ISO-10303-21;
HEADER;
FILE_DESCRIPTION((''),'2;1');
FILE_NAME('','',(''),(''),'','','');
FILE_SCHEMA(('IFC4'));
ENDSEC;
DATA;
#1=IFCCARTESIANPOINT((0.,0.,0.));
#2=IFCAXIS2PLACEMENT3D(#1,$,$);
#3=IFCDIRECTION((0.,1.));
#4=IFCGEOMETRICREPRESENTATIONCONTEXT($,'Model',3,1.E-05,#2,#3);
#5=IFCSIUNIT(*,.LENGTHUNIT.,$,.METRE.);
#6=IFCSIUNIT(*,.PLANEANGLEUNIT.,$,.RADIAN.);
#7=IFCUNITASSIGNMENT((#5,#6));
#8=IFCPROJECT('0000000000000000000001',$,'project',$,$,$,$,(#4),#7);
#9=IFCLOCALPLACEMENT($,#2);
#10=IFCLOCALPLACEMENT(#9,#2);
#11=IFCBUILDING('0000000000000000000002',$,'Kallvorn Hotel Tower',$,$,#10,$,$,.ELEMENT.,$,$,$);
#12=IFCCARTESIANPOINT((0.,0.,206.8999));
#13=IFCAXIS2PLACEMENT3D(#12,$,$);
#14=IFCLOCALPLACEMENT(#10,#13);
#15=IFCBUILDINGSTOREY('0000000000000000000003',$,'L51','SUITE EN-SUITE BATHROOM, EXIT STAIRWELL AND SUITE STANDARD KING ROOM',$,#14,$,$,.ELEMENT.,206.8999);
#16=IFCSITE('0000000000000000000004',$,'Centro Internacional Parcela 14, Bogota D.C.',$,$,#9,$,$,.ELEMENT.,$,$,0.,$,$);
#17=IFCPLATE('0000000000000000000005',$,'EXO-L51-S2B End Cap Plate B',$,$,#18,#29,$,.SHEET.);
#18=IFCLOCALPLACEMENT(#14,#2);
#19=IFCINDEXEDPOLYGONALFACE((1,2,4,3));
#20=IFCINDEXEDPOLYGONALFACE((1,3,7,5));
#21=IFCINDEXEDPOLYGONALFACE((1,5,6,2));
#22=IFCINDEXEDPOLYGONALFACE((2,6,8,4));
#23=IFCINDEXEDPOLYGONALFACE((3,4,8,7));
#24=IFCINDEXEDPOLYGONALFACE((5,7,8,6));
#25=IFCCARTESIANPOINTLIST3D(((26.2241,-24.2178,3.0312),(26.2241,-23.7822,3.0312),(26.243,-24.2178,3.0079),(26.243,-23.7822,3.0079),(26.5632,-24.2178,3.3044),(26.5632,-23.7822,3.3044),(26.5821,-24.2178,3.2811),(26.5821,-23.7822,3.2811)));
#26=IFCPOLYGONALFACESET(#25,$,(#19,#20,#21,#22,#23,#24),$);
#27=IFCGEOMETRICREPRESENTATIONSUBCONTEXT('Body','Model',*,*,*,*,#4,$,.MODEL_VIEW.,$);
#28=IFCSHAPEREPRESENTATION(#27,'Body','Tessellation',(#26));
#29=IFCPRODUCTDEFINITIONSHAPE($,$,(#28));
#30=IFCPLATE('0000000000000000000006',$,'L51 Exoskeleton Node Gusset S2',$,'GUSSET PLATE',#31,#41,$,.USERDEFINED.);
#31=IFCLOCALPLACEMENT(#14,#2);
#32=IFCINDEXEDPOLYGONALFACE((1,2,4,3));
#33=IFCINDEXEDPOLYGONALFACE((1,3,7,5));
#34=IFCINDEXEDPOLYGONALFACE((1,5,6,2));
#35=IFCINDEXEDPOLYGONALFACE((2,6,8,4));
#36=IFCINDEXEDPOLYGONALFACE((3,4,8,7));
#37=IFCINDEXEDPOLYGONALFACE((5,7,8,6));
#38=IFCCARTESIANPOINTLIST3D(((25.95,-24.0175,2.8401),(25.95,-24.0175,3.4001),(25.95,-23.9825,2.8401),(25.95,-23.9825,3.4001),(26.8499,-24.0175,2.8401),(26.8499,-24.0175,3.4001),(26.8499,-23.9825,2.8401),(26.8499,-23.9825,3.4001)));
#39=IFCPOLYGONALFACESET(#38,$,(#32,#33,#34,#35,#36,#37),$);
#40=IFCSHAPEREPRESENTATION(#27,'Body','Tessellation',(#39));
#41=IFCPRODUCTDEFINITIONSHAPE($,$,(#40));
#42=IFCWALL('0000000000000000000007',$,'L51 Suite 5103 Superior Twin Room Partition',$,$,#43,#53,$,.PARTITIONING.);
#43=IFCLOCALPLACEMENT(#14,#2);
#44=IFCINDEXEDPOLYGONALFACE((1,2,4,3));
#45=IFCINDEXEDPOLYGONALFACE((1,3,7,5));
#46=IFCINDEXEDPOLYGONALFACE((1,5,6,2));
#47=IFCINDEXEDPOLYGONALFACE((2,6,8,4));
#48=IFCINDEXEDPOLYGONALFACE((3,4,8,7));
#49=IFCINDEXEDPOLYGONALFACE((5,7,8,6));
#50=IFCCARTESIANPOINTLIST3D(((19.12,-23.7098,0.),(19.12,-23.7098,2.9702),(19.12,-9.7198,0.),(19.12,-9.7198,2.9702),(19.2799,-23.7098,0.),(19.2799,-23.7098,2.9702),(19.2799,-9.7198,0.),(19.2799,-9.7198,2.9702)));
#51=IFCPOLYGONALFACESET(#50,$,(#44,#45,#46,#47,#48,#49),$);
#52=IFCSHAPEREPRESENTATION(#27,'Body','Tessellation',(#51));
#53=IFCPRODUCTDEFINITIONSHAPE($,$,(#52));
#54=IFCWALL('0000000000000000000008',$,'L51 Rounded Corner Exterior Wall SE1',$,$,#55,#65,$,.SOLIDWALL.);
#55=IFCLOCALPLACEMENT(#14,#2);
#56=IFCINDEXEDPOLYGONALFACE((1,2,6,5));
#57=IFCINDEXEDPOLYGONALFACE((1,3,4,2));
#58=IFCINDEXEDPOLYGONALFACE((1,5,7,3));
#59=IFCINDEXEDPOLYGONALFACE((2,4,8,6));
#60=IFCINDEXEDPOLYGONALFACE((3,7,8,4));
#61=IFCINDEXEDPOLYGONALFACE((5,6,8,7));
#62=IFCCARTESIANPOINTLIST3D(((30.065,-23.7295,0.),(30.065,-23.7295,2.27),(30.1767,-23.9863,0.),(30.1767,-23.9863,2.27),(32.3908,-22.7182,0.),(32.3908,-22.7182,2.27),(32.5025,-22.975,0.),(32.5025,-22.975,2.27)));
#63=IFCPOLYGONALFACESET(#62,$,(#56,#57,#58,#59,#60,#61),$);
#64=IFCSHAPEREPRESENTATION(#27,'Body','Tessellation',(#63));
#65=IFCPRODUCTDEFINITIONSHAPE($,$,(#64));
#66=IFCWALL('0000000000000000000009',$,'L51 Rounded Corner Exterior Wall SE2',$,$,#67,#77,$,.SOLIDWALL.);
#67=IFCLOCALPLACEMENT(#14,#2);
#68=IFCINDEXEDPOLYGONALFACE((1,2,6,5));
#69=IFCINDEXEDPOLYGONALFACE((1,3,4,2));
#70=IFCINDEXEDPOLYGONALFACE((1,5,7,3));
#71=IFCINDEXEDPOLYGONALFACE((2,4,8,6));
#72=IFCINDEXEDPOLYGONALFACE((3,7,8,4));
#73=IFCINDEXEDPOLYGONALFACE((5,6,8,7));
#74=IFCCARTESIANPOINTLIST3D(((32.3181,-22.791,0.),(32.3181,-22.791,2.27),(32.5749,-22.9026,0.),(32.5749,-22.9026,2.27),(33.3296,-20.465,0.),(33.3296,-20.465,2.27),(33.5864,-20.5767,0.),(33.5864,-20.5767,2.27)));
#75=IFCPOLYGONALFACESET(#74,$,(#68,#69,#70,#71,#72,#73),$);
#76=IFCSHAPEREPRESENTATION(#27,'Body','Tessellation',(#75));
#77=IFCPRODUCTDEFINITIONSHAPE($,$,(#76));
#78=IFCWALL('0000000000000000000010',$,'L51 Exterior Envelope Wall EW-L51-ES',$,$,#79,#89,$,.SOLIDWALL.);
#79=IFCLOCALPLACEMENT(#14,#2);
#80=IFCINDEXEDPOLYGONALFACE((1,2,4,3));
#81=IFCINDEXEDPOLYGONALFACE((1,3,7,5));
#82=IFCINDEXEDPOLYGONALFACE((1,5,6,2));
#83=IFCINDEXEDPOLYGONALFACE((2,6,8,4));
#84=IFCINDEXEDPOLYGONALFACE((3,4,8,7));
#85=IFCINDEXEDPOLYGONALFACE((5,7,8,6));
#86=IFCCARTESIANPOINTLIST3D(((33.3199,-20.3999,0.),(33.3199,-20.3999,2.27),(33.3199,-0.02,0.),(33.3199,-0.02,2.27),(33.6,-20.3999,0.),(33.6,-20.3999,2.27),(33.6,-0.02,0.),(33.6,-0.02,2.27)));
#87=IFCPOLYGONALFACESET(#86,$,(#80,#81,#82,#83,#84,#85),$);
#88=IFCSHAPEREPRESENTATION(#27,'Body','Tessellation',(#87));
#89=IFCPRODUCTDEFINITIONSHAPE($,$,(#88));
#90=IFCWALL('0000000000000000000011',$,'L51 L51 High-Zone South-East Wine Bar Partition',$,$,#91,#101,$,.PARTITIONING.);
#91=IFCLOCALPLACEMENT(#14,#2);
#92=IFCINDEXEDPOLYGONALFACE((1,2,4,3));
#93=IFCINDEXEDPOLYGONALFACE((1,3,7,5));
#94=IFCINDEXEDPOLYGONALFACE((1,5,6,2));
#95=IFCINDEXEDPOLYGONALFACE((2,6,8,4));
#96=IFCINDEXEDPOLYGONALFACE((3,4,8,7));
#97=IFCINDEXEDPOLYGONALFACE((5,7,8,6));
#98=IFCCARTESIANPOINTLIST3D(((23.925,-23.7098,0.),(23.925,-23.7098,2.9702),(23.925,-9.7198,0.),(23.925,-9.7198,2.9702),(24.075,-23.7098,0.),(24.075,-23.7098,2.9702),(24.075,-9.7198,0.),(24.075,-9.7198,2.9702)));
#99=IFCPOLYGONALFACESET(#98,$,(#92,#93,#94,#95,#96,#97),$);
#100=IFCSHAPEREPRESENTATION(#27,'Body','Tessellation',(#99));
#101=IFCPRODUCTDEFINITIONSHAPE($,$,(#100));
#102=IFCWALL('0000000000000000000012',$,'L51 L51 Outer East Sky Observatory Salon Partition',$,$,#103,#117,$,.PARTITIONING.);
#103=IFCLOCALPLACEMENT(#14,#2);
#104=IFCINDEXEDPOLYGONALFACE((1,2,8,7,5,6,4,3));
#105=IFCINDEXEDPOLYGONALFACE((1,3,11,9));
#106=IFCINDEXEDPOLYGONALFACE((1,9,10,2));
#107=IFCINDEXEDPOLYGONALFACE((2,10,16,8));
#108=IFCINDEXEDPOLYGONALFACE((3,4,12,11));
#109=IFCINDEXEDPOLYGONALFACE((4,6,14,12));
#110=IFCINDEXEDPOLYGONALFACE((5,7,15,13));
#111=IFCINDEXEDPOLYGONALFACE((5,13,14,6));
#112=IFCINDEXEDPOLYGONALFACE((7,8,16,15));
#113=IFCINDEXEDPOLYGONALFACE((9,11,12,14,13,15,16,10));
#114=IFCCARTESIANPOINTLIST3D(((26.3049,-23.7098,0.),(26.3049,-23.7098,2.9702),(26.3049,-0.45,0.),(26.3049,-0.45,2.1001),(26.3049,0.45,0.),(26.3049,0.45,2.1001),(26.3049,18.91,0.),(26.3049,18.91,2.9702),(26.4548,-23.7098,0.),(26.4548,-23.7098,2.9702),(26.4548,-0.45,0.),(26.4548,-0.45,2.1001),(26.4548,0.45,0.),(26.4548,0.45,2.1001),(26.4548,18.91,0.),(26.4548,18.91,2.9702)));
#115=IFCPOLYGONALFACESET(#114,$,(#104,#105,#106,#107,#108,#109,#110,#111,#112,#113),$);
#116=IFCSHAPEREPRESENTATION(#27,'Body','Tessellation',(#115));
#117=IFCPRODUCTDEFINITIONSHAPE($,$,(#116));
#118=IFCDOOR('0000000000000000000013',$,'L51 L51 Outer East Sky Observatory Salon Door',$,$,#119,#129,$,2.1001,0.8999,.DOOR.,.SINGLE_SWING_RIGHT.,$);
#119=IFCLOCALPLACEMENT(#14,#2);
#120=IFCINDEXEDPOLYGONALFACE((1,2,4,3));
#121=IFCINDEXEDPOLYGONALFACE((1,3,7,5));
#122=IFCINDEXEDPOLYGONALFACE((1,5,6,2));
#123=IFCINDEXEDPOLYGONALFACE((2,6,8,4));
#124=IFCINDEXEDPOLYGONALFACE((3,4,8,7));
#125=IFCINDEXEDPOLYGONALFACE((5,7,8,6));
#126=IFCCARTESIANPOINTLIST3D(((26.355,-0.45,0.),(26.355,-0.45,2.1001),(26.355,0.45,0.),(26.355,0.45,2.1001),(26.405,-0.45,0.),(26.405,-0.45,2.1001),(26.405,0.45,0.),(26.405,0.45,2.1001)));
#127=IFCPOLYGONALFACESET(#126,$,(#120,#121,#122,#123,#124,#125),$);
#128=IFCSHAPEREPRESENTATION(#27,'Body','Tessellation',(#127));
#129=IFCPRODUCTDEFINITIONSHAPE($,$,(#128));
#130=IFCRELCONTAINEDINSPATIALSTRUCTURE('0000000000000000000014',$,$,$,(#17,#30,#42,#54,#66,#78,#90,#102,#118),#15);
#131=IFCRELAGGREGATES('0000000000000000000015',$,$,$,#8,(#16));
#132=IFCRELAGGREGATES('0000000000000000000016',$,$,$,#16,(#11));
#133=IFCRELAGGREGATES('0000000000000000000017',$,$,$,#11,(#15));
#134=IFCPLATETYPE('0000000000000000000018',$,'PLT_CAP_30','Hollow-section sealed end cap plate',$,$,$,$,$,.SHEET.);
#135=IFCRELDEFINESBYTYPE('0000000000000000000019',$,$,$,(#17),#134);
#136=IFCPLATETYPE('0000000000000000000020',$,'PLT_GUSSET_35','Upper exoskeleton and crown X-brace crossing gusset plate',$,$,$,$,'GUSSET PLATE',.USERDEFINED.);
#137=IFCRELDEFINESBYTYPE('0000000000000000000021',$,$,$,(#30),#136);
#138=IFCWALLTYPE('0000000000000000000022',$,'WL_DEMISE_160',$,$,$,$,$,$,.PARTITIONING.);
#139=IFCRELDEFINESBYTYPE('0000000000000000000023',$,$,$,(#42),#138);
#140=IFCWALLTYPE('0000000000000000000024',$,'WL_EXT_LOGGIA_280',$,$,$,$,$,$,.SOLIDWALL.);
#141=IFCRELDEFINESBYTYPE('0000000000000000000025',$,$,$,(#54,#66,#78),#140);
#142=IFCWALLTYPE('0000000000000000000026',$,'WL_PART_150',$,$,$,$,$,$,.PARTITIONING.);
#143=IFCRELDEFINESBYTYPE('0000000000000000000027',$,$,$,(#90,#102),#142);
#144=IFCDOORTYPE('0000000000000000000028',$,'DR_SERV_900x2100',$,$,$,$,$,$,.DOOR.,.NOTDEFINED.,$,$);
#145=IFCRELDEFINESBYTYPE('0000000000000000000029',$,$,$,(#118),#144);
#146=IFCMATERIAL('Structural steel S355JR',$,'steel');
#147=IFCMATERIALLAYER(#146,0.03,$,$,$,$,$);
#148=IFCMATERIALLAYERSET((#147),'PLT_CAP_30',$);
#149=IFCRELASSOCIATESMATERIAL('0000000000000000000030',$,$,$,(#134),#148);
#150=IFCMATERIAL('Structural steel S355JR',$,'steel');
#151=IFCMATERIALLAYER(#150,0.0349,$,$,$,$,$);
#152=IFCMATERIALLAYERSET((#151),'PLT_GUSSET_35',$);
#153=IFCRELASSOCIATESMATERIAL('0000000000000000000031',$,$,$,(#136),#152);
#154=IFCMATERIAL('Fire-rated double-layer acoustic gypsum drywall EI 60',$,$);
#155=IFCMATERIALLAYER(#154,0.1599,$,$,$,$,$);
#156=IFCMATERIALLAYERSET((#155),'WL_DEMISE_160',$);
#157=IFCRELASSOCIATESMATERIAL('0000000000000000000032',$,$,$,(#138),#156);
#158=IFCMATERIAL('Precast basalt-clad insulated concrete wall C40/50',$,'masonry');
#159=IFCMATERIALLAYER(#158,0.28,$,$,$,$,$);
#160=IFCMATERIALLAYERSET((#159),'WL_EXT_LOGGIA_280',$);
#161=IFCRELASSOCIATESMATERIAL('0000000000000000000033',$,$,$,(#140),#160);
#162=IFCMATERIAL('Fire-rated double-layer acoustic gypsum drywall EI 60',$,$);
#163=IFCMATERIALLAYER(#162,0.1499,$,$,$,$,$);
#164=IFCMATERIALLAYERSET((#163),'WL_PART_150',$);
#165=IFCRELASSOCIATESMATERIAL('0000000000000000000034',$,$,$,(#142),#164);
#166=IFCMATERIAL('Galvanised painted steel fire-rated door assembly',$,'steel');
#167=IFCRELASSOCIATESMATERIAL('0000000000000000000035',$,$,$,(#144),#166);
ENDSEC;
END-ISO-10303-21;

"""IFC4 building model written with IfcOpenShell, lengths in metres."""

from ifc_helpers import new_model, si_unit, direction, frame, frame_2d, origin, origin_2d, place, context, subcontext, project, spatial, polyline, rectangle, outline, extrude, material, layer, layer_set, type_object, element, fill, save


model = new_model("IFC4")

# Units and contexts
model_context = context("Model", 3, precision=1e-05, world=origin(), true_north=direction((0.0, 1.0)))
body_context = subcontext(model_context, "Body", "Model", "MODEL_VIEW")
ifc_project = project(units=[si_unit("LENGTHUNIT", "METRE"), si_unit("PLANEANGLEUNIT", "RADIAN")], contexts=[model_context])

# Site, building, storey
site_placement = place(None, origin())
site = spatial("IfcSite", under=ifc_project, at=site_placement, Name="Centro Internacional Parcela 14, Bogota D.C.", CompositionType="ELEMENT", RefElevation=0.0)
building_placement = place(site_placement, origin())
building = spatial("IfcBuilding", under=site, at=building_placement, Name="Kallvorn Hotel Tower", CompositionType="ELEMENT")
storey_placement = place(building_placement, frame((0.0, 0.0, 206.8999)))
storey = spatial("IfcBuildingStorey", under=building, at=storey_placement, Name="L51", Description="SUITE EN-SUITE BATHROOM, EXIT STAIRWELL AND SUITE STANDARD KING ROOM", CompositionType="ELEMENT", Elevation=206.8999)

# Plates
ifc_material_1 = material(Name="Structural steel S355JR", Category="steel")
ifc_layer_1 = layer(ifc_material_1, 0.03)
ifc_layer_set_1 = layer_set([ifc_layer_1], Name="PLT_CAP_30")
plate_type_1 = type_object("IfcPlateType", Name="PLT_CAP_30", Description="Hollow-section sealed end cap plate", PredefinedType="SHEET", material=ifc_layer_set_1)
for number, where, z_axis, x_axis, name in (
    (1, (26.2241, -23.7822, 3.0312), (-0.627358, 0.0, 0.778731), (0.0, -1.0, 0.0), "EXO-L51-S2B End Cap Plate B"),
):
    element("IfcPlate", number, at=place(storey_placement, frame(where, z_axis=z_axis, x_axis=x_axis)), inside=storey, type_object=plate_type_1, Name=name, PredefinedType="SHEET", context=body_context, shape_type="SweptSolid", body=[
        extrude(outline(polyline([(0.0, 0.0), (0.4355, 0.0), (0.4355, 0.4355), (0.0, 0.4355), (0.0, 0.0)])), origin(), (0.0, 0.0, -1.0), 0.03),
    ])
ifc_material_2 = material(Name="Structural steel S355JR", Category="steel")
ifc_layer_2 = layer(ifc_material_2, 0.0349)
ifc_layer_set_2 = layer_set([ifc_layer_2], Name="PLT_GUSSET_35")
plate_type_2 = type_object("IfcPlateType", Name="PLT_GUSSET_35", Description="Upper exoskeleton and crown X-brace crossing gusset plate", ElementType="GUSSET PLATE", PredefinedType="USERDEFINED", material=ifc_layer_set_2)
plate_placement = place(storey_placement, frame((26.3999, -24.0, 2.8401), z_axis=(0.0, 0.0, 1.0), x_axis=(1.0, 0.0, 0.0)))
element("IfcPlate", 2, at=plate_placement, inside=storey, type_object=plate_type_2, Name="L51 Exoskeleton Node Gusset S2", ObjectType="GUSSET PLATE", PredefinedType="USERDEFINED", context=body_context, shape_type="SweptSolid", body=[
    extrude(rectangle(XDim=0.8999, YDim=0.0349, at=origin_2d()), origin(), (0.0, 0.0, 1.0), 0.5601),
])

# Walls
ifc_material_3 = material(Name="Fire-rated double-layer acoustic gypsum drywall EI 60")
ifc_layer_3 = layer(ifc_material_3, 0.1599)
ifc_layer_set_3 = layer_set([ifc_layer_3], Name="WL_DEMISE_160")
wall_type_1 = type_object("IfcWallType", Name="WL_DEMISE_160", PredefinedType="PARTITIONING", material=ifc_layer_set_3)
wall_1_placement = place(storey_placement, frame((19.2, -23.71, 0.0), z_axis=(0.0, 0.0, 1.0), x_axis=(0.0, 1.0, 0.0)))
element("IfcWall", 3, at=wall_1_placement, inside=storey, type_object=wall_type_1, Name="L51 Suite 5103 Superior Twin Room Partition", PredefinedType="PARTITIONING", context=body_context, shape_type="SweptSolid", body=[
    extrude(rectangle(XDim=13.99, YDim=0.1599, at=frame_2d((6.9951, 0.0))), origin(), (0.0, 0.0, 1.0), 2.9702),
])
ifc_material_4 = material(Name="Precast basalt-clad insulated concrete wall C40/50", Category="masonry")
ifc_layer_4 = layer(ifc_material_4, 0.28)
ifc_layer_set_4 = layer_set([ifc_layer_4], Name="WL_EXT_LOGGIA_280")
wall_type_2 = type_object("IfcWallType", Name="WL_EXT_LOGGIA_280", PredefinedType="SOLIDWALL", material=ifc_layer_set_4)
wall_2_placement = place(storey_placement, frame((30.1208, -23.8579, 0.0), z_axis=(0.0, 0.0, 1.0), x_axis=(0.917061, 0.398747, 0.0)))
element("IfcWall", 4, at=wall_2_placement, inside=storey, type_object=wall_type_2, Name="L51 Rounded Corner Exterior Wall SE1", PredefinedType="SOLIDWALL", context=body_context, shape_type="SweptSolid", body=[
    extrude(rectangle(XDim=2.5361, YDim=0.28, at=frame_2d((1.2681, 0.0))), origin(), (0.0, 0.0, 1.0), 2.27),
])
wall_3_placement = place(storey_placement, frame((32.4465, -22.8467, 0.0), z_axis=(0.0, 0.0, 1.0), x_axis=(0.398793, 0.917041, 0.0)))
element("IfcWall", 5, at=wall_3_placement, inside=storey, type_object=wall_type_2, Name="L51 Rounded Corner Exterior Wall SE2", PredefinedType="SOLIDWALL", context=body_context, shape_type="SweptSolid", body=[
    extrude(rectangle(XDim=2.5364, YDim=0.28, at=frame_2d((1.2681, 0.0))), origin(), (0.0, 0.0, 1.0), 2.27),
])
wall_4_placement = place(storey_placement, frame((33.46, -20.3999, 0.0), z_axis=(0.0, 0.0, 1.0), x_axis=(0.0, 1.0, 0.0)))
element("IfcWall", 6, at=wall_4_placement, inside=storey, type_object=wall_type_2, Name="L51 Exterior Envelope Wall EW-L51-ES", PredefinedType="SOLIDWALL", context=body_context, shape_type="SweptSolid", body=[
    extrude(rectangle(XDim=20.3799, YDim=0.28, at=frame_2d((10.1899, 0.0))), origin(), (0.0, 0.0, 1.0), 2.27),
])
ifc_material_5 = material(Name="Fire-rated double-layer acoustic gypsum drywall EI 60")
ifc_layer_5 = layer(ifc_material_5, 0.1499)
ifc_layer_set_5 = layer_set([ifc_layer_5], Name="WL_PART_150")
wall_type_3 = type_object("IfcWallType", Name="WL_PART_150", PredefinedType="PARTITIONING", material=ifc_layer_set_5)
wall_5_placement = place(storey_placement, frame((24.0, -23.71, 0.0), z_axis=(0.0, 0.0, 1.0), x_axis=(0.0, 1.0, 0.0)))
element("IfcWall", 7, at=wall_5_placement, inside=storey, type_object=wall_type_3, Name="L51 L51 High-Zone South-East Wine Bar Partition", PredefinedType="PARTITIONING", context=body_context, shape_type="SweptSolid", body=[
    extrude(rectangle(XDim=13.99, YDim=0.1499, at=frame_2d((6.9951, 0.0))), origin(), (0.0, 0.0, 1.0), 2.9702),
])

# Wall, opening, door
wall_6_placement = place(storey_placement, frame((26.3799, -23.71, 0.0), z_axis=(0.0, 0.0, 1.0), x_axis=(0.0, 1.0, 0.0)))
wall_6 = element("IfcWall", 8, at=wall_6_placement, inside=storey, type_object=wall_type_3, Name="L51 L51 Outer East Sky Observatory Salon Partition", PredefinedType="PARTITIONING", context=body_context, shape_type="SweptSolid", body=[
    extrude(rectangle(XDim=42.6199, YDim=0.1499, at=frame_2d((21.3101, 0.0))), origin(), (0.0, 0.0, 1.0), 2.9702),
])
opening_placement = place(wall_6_placement, frame((23.26, 0.0, 0.0)))
opening = element("IfcOpeningElement", 9, at=opening_placement, cuts=wall_6, PredefinedType="OPENING", context=body_context, shape_type="SweptSolid", body=[
    extrude(rectangle(XDim=0.8999, YDim=2.1001, at=frame_2d((0.45, 1.05))), frame((0.0, 0.0898, 0.0), z_axis=(0.0, -1.0, 0.0), x_axis=(1.0, 0.0, 0.0)), (0.0, 0.0, 1.0), 0.1799),
])
ifc_material_6 = material(Name="Galvanised painted steel fire-rated door assembly", Category="steel")
door_type = type_object("IfcDoorType", Name="DR_SERV_900x2100", OperationType="NOTDEFINED", PredefinedType="DOOR", material=ifc_material_6)
door_placement = place(opening_placement, origin())
door = element("IfcDoor", 10, at=door_placement, inside=storey, type_object=door_type, Name="L51 L51 Outer East Sky Observatory Salon Door", OperationType="SINGLE_SWING_RIGHT", OverallHeight=2.1001, OverallWidth=0.8999, PredefinedType="DOOR", context=body_context, shape_type="SweptSolid", body=[
    extrude(rectangle(XDim=0.8999, YDim=2.1001, at=frame_2d((0.45, 1.05))), frame((0.0, 0.0249, 0.0), z_axis=(0.0, -1.0, 0.0), x_axis=(1.0, 0.0, 0.0)), (0.0, 0.0, 1.0), 0.05),
])
fill(opening, door)

save(model, "model.ifc")
